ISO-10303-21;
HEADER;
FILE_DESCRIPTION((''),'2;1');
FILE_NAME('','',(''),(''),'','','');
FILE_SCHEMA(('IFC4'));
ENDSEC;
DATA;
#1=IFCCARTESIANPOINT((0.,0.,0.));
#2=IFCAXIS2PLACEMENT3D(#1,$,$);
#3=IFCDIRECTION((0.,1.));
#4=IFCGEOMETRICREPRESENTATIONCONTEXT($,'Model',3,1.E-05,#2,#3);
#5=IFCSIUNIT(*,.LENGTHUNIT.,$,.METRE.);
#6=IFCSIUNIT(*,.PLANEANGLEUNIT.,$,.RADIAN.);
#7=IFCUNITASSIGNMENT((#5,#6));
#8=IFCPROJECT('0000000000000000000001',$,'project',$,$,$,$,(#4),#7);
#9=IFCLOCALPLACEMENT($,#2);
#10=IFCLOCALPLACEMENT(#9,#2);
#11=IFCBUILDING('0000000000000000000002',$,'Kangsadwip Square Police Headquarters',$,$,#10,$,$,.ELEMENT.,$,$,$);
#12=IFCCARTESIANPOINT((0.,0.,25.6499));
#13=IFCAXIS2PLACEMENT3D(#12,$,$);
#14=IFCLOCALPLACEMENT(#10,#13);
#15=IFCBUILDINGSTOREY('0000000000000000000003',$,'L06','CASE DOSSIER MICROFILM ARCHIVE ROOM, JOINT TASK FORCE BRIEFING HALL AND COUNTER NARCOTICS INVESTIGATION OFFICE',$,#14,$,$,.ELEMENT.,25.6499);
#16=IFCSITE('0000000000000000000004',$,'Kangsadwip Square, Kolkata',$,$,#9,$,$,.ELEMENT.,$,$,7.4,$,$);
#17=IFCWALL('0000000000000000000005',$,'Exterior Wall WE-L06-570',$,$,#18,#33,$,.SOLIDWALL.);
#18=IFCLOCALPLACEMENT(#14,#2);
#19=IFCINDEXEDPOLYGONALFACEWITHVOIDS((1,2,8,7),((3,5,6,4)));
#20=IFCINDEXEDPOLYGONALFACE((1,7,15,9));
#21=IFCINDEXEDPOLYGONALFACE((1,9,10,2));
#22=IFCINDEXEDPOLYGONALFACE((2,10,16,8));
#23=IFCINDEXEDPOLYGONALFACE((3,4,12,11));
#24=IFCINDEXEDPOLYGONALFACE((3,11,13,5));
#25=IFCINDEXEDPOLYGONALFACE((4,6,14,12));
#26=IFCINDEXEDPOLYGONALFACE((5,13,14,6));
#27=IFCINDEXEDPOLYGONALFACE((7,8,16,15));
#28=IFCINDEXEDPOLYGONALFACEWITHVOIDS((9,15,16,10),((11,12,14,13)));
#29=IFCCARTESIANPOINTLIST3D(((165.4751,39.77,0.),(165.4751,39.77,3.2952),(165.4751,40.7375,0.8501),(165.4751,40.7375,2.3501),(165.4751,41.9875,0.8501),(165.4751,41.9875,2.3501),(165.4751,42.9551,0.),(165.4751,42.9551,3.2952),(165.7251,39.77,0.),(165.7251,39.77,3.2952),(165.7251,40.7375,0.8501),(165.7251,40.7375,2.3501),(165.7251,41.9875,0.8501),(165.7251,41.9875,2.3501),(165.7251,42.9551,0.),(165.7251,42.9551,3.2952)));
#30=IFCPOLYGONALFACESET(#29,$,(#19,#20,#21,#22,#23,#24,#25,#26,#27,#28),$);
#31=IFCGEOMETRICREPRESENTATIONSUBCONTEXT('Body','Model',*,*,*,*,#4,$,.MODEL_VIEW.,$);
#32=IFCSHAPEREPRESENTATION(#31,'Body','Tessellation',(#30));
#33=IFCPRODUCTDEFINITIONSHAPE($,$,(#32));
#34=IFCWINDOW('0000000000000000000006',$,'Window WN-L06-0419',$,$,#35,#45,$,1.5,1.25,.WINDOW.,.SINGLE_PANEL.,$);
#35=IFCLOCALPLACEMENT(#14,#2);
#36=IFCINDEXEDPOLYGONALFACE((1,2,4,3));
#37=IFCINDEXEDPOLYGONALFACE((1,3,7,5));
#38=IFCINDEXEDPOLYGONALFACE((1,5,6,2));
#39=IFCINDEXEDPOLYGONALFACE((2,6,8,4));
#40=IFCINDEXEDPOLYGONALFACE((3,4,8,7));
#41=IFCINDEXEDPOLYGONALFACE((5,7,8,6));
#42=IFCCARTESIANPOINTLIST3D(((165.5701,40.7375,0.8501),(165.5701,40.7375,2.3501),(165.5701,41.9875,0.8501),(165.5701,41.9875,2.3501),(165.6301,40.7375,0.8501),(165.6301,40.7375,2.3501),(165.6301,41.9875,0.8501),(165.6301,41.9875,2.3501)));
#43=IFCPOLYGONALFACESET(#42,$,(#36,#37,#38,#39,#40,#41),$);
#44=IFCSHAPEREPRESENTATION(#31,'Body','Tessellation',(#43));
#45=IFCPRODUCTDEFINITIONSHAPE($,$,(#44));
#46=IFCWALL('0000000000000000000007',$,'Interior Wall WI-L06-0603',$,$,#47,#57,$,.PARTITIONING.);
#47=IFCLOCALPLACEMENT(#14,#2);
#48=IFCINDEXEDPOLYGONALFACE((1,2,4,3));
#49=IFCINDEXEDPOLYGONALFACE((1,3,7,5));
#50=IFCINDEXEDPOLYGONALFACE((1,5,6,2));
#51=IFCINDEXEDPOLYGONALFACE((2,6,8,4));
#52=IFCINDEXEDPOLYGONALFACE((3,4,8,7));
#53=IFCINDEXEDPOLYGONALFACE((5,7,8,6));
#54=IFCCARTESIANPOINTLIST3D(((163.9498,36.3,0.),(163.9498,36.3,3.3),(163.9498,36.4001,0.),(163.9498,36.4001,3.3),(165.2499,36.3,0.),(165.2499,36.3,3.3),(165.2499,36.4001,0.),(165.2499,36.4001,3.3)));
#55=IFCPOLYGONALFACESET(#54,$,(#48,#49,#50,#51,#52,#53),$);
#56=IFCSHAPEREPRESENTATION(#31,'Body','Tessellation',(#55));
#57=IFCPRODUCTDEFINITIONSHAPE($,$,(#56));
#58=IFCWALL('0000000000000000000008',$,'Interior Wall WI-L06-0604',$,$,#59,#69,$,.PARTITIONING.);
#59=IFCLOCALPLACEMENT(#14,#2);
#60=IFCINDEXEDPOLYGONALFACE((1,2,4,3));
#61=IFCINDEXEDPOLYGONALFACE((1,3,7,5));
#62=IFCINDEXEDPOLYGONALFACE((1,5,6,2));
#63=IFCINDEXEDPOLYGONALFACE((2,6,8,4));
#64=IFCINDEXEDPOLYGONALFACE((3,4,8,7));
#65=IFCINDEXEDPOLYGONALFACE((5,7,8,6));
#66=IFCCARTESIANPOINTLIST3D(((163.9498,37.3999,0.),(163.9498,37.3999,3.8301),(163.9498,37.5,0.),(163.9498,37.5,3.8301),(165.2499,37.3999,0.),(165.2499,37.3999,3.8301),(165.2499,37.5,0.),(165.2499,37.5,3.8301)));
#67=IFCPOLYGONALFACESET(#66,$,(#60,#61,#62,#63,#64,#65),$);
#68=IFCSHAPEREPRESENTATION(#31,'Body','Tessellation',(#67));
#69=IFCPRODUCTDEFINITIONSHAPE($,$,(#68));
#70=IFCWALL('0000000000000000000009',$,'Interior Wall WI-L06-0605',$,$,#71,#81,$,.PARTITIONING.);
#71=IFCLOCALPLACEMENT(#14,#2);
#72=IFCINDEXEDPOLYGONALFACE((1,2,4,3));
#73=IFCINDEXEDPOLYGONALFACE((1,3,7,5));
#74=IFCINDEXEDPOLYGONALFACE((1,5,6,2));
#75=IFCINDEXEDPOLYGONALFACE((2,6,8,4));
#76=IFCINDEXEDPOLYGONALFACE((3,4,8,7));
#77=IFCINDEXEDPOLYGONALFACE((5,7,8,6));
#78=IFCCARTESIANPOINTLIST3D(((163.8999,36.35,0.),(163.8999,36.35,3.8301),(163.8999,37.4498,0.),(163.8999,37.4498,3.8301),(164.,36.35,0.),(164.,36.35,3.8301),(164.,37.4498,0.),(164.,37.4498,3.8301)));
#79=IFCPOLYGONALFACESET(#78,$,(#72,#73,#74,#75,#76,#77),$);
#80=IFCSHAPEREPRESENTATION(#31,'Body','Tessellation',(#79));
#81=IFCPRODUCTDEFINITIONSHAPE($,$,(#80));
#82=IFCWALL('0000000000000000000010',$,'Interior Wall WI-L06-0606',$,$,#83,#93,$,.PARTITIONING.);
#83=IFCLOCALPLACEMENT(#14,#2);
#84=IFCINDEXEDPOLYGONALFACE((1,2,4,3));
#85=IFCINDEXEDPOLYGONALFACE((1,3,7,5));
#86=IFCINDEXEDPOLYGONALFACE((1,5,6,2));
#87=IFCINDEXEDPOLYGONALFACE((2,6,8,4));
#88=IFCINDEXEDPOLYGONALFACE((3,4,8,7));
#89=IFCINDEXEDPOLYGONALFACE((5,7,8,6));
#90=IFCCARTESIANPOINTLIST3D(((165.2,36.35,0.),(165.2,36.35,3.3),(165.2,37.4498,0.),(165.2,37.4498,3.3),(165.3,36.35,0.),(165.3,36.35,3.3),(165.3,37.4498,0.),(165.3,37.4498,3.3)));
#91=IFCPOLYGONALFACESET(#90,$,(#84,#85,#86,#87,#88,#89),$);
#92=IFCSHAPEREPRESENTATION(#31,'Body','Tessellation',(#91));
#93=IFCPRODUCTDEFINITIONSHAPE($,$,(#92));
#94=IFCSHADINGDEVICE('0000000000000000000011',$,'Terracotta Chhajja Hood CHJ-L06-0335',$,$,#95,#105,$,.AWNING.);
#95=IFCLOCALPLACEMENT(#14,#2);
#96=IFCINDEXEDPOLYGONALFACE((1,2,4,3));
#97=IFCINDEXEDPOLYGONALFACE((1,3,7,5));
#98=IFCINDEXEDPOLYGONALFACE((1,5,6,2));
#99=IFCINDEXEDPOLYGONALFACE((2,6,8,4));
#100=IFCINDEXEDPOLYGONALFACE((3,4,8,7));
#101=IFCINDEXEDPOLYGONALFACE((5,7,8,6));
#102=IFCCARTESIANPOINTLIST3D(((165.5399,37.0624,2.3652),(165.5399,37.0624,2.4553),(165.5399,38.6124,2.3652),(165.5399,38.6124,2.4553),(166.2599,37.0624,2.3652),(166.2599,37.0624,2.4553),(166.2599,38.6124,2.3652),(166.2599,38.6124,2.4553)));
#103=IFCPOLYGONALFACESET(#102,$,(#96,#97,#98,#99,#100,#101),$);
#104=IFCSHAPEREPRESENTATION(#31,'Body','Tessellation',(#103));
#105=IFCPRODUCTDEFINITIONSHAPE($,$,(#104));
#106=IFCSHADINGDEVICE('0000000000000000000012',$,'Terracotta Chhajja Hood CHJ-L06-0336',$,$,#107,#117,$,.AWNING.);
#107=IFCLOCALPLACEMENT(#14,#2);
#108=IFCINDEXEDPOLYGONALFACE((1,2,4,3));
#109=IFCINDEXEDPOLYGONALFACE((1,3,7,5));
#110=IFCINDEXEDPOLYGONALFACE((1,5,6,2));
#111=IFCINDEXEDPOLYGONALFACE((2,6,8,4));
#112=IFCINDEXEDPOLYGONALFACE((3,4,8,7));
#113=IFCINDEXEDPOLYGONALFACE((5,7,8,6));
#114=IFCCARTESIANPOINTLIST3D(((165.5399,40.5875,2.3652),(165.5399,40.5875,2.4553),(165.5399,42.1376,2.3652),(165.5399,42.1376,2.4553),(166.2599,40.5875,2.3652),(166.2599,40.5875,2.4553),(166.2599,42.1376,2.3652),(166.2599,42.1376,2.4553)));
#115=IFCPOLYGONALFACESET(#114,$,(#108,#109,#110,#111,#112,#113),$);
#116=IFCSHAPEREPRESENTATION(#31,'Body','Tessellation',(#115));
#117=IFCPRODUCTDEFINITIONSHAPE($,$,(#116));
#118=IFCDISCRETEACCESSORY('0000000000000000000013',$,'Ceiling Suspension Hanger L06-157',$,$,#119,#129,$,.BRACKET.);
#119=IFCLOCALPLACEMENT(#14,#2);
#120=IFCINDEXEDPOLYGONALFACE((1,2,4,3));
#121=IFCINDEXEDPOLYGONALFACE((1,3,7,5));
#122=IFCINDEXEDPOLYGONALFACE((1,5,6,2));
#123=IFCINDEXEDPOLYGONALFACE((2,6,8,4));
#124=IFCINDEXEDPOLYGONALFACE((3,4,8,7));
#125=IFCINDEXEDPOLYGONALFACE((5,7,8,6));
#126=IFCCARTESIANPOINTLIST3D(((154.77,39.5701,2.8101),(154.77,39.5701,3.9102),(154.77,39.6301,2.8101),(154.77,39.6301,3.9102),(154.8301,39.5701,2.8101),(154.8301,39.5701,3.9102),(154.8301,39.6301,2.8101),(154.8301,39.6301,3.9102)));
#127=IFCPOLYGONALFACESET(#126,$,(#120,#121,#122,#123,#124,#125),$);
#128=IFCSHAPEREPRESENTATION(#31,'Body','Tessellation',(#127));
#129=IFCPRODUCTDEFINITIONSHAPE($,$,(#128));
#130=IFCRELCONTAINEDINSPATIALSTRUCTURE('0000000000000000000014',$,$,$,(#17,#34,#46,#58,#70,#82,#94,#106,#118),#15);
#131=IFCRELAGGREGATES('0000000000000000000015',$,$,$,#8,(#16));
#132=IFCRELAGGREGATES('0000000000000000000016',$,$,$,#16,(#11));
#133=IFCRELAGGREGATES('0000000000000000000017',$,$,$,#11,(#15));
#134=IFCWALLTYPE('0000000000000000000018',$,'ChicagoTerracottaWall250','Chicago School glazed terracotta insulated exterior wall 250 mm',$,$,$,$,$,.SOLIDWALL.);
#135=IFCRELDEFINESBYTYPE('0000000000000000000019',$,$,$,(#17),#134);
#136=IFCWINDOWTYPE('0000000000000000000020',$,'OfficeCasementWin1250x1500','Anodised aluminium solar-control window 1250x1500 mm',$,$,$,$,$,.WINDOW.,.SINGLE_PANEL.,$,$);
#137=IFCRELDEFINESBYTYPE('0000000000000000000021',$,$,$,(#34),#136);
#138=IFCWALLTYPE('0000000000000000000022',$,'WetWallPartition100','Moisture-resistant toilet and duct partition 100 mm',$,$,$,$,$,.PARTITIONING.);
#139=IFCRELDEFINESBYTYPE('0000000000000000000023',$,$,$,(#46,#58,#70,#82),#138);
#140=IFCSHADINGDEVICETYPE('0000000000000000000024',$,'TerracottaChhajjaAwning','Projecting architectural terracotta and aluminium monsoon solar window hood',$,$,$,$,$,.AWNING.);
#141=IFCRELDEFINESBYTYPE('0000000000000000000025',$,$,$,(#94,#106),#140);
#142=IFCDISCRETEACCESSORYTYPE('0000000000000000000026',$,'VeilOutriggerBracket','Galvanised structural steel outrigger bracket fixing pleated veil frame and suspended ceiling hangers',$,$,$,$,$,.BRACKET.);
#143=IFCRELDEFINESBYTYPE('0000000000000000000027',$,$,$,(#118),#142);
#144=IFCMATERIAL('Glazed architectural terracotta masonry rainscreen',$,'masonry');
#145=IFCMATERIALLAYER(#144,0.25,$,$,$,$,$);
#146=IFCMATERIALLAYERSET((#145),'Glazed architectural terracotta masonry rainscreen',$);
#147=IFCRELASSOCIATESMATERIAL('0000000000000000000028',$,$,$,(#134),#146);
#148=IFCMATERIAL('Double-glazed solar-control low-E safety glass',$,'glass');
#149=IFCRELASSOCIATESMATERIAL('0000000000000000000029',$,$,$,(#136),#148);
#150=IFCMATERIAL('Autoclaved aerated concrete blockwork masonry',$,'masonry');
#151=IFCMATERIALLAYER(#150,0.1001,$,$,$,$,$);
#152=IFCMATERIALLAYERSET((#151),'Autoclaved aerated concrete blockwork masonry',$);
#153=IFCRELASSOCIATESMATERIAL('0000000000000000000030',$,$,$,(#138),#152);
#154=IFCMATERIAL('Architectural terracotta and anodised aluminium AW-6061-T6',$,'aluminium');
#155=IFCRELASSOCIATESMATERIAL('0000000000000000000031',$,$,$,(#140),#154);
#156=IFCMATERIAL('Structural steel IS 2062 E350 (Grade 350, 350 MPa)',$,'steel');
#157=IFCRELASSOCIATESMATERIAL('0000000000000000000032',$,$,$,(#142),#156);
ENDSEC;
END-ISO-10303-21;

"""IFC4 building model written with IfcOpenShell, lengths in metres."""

from ifc_helpers import new_model, si_unit, direction, frame, frame_2d, origin, origin_2d, place, context, subcontext, project, spatial, rectangle, extrude, material, layer, layer_set, type_object, element, fill, save


model = new_model("IFC4")

# Units and contexts
model_context = context("Model", 3, precision=1e-05, world=origin(), true_north=direction((0.0, 1.0)))
body_context = subcontext(model_context, "Body", "Model", "MODEL_VIEW")
ifc_project = project(units=[si_unit("LENGTHUNIT", "METRE"), si_unit("PLANEANGLEUNIT", "RADIAN")], contexts=[model_context])

# Site, building, storey
site_placement = place(None, origin())
site = spatial("IfcSite", under=ifc_project, at=site_placement, Name="Kangsadwip Square, Kolkata", CompositionType="ELEMENT", RefElevation=7.4)
building_placement = place(site_placement, origin())
building = spatial("IfcBuilding", under=site, at=building_placement, Name="Kangsadwip Square Police Headquarters", CompositionType="ELEMENT")
storey_placement = place(building_placement, frame((0.0, 0.0, 25.6499)))
storey = spatial("IfcBuildingStorey", under=building, at=storey_placement, Name="L06", Description="CASE DOSSIER MICROFILM ARCHIVE ROOM, JOINT TASK FORCE BRIEFING HALL AND COUNTER NARCOTICS INVESTIGATION OFFICE", CompositionType="ELEMENT", Elevation=25.6499)

# Wall, opening, window
ifc_material_1 = material(Name="Glazed architectural terracotta masonry rainscreen", Category="masonry")
ifc_layer_1 = layer(ifc_material_1, 0.25)
ifc_layer_set_1 = layer_set([ifc_layer_1], Name="Glazed architectural terracotta masonry rainscreen")
wall_type_1 = type_object("IfcWallType", Name="ChicagoTerracottaWall250", Description="Chicago School glazed terracotta insulated exterior wall 250 mm", PredefinedType="SOLIDWALL", material=ifc_layer_set_1)
ifc_material_2 = material(Name="Double-glazed solar-control low-E safety glass", Category="glass")
window_type_1 = type_object("IfcWindowType", Name="OfficeCasementWin1250x1500", Description="Anodised aluminium solar-control window 1250x1500 mm", PartitioningType="SINGLE_PANEL", PredefinedType="WINDOW", material=ifc_material_2)
wall_1_placement = place(storey_placement, frame((165.6001, 39.77, 0.0), z_axis=(0.0, 0.0, 1.0), x_axis=(0.0, 1.0, 0.0)))
wall_1 = element("IfcWall", 1, at=wall_1_placement, inside=storey, type_object=wall_type_1, Name="Exterior Wall WE-L06-570", PredefinedType="SOLIDWALL", context=body_context, shape_type="SweptSolid", body=[
    extrude(rectangle(XDim=3.1851, YDim=0.25, at=frame_2d((1.5925, 0.0))), origin(), (0.0, 0.0, 1.0), 3.2952),
])
opening_1_placement = place(wall_1_placement, frame((0.9675, 0.0, 0.8501)))
opening_1 = element("IfcOpeningElement", 2, at=opening_1_placement, cuts=wall_1, PredefinedType="OPENING", context=body_context, shape_type="SweptSolid", body=[
    extrude(rectangle(XDim=1.25, YDim=1.5, at=frame_2d((0.625, 0.75))), frame((0.0, 0.135, 0.0), z_axis=(0.0, -1.0, 0.0), x_axis=(1.0, 0.0, 0.0)), (0.0, 0.0, 1.0), 0.27),
])
window_1_placement = place(opening_1_placement, origin())
window_1 = element("IfcWindow", 3, at=window_1_placement, inside=storey, type_object=window_type_1, Name="Window WN-L06-0419", OverallHeight=1.5, OverallWidth=1.25, PartitioningType="SINGLE_PANEL", PredefinedType="WINDOW", context=body_context, shape_type="SweptSolid", body=[
    extrude(rectangle(XDim=1.25, YDim=1.5, at=frame_2d((0.625, 0.75))), frame((0.0, 0.03, 0.0), z_axis=(0.0, -1.0, 0.0), x_axis=(1.0, 0.0, 0.0)), (0.0, 0.0, 1.0), 0.0601),
])
fill(opening_1, window_1)

# Walls
ifc_material_3 = material(Name="Autoclaved aerated concrete blockwork masonry", Category="masonry")
ifc_layer_2 = layer(ifc_material_3, 0.1001)
ifc_layer_set_2 = layer_set([ifc_layer_2], Name="Autoclaved aerated concrete blockwork masonry")
wall_type_2 = type_object("IfcWallType", Name="WetWallPartition100", Description="Moisture-resistant toilet and duct partition 100 mm", PredefinedType="PARTITIONING", material=ifc_layer_set_2)
wall_2_placement = place(storey_placement, frame((163.95, 36.3501, 0.0), z_axis=(0.0, 0.0, 1.0), x_axis=(1.0, 0.0, 0.0)))
element("IfcWall", 4, at=wall_2_placement, inside=storey, type_object=wall_type_2, Name="Interior Wall WI-L06-0603", PredefinedType="PARTITIONING", context=body_context, shape_type="SweptSolid", body=[
    extrude(rectangle(XDim=1.3, YDim=0.1001, at=frame_2d((0.6499, 0.0))), origin(), (0.0, 0.0, 1.0), 3.3),
])
wall_3_placement = place(storey_placement, frame((163.95, 37.45, 0.0), z_axis=(0.0, 0.0, 1.0), x_axis=(1.0, 0.0, 0.0)))
element("IfcWall", 5, at=wall_3_placement, inside=storey, type_object=wall_type_2, Name="Interior Wall WI-L06-0604", PredefinedType="PARTITIONING", context=body_context, shape_type="SweptSolid", body=[
    extrude(rectangle(XDim=1.3, YDim=0.1001, at=frame_2d((0.6499, 0.0))), origin(), (0.0, 0.0, 1.0), 3.8301),
])
wall_4_placement = place(storey_placement, frame((163.95, 36.3501, 0.0), z_axis=(0.0, 0.0, 1.0), x_axis=(0.0, 1.0, 0.0)))
element("IfcWall", 6, at=wall_4_placement, inside=storey, type_object=wall_type_2, Name="Interior Wall WI-L06-0605", PredefinedType="PARTITIONING", context=body_context, shape_type="SweptSolid", body=[
    extrude(rectangle(XDim=1.0999, YDim=0.1001, at=frame_2d((0.5498, 0.0))), origin(), (0.0, 0.0, 1.0), 3.8301),
])
wall_5_placement = place(storey_placement, frame((165.25, 36.3501, 0.0), z_axis=(0.0, 0.0, 1.0), x_axis=(0.0, 1.0, 0.0)))
element("IfcWall", 7, at=wall_5_placement, inside=storey, type_object=wall_type_2, Name="Interior Wall WI-L06-0606", PredefinedType="PARTITIONING", context=body_context, shape_type="SweptSolid", body=[
    extrude(rectangle(XDim=1.0999, YDim=0.1001, at=frame_2d((0.5498, 0.0))), origin(), (0.0, 0.0, 1.0), 3.3),
])

# Shading devices
ifc_material_4 = material(Name="Architectural terracotta and anodised aluminium AW-6061-T6", Category="aluminium")
shading_device_type = type_object("IfcShadingDeviceType", Name="TerracottaChhajjaAwning", Description="Projecting architectural terracotta and aluminium monsoon solar window hood", PredefinedType="AWNING", material=ifc_material_4)
for number, where, z_axis, x_axis, name in (
    (8, (165.8999, 37.8374, 2.3652), (0.0, 0.0, 1.0), (0.0, 1.0, 0.0), "Terracotta Chhajja Hood CHJ-L06-0335"),
    (9, (165.8999, 41.3625, 2.3652), (0.0, 0.0, 1.0), (0.0, 1.0, 0.0), "Terracotta Chhajja Hood CHJ-L06-0336"),
):
    element("IfcShadingDevice", number, at=place(storey_placement, frame(where, z_axis=z_axis, x_axis=x_axis)), inside=storey, type_object=shading_device_type, Name=name, PredefinedType="AWNING", context=body_context, shape_type="SweptSolid", body=[
        extrude(rectangle(XDim=1.55, YDim=0.72, at=origin_2d()), origin(), (0.0, 0.0, 1.0), 0.0901),
    ])

# Discrete accessory
ifc_material_5 = material(Name="Structural steel IS 2062 E350 (Grade 350, 350 MPa)", Category="steel")
discrete_accessory_type = type_object("IfcDiscreteAccessoryType", Name="VeilOutriggerBracket", Description="Galvanised structural steel outrigger bracket fixing pleated veil frame and suspended ceiling hangers", PredefinedType="BRACKET", material=ifc_material_5)
discrete_accessory_placement = place(storey_placement, frame((154.8, 39.6001, 2.8101), z_axis=(0.0, 0.0, 1.0), x_axis=(1.0, 0.0, 0.0)))
element("IfcDiscreteAccessory", 10, at=discrete_accessory_placement, inside=storey, type_object=discrete_accessory_type, Name="Ceiling Suspension Hanger L06-157", PredefinedType="BRACKET", context=body_context, shape_type="SweptSolid", body=[
    extrude(rectangle(XDim=0.0601, YDim=0.0601, at=origin_2d()), origin(), (0.0, 0.0, 1.0), 1.1001),
])

save(model, "model.ifc")
